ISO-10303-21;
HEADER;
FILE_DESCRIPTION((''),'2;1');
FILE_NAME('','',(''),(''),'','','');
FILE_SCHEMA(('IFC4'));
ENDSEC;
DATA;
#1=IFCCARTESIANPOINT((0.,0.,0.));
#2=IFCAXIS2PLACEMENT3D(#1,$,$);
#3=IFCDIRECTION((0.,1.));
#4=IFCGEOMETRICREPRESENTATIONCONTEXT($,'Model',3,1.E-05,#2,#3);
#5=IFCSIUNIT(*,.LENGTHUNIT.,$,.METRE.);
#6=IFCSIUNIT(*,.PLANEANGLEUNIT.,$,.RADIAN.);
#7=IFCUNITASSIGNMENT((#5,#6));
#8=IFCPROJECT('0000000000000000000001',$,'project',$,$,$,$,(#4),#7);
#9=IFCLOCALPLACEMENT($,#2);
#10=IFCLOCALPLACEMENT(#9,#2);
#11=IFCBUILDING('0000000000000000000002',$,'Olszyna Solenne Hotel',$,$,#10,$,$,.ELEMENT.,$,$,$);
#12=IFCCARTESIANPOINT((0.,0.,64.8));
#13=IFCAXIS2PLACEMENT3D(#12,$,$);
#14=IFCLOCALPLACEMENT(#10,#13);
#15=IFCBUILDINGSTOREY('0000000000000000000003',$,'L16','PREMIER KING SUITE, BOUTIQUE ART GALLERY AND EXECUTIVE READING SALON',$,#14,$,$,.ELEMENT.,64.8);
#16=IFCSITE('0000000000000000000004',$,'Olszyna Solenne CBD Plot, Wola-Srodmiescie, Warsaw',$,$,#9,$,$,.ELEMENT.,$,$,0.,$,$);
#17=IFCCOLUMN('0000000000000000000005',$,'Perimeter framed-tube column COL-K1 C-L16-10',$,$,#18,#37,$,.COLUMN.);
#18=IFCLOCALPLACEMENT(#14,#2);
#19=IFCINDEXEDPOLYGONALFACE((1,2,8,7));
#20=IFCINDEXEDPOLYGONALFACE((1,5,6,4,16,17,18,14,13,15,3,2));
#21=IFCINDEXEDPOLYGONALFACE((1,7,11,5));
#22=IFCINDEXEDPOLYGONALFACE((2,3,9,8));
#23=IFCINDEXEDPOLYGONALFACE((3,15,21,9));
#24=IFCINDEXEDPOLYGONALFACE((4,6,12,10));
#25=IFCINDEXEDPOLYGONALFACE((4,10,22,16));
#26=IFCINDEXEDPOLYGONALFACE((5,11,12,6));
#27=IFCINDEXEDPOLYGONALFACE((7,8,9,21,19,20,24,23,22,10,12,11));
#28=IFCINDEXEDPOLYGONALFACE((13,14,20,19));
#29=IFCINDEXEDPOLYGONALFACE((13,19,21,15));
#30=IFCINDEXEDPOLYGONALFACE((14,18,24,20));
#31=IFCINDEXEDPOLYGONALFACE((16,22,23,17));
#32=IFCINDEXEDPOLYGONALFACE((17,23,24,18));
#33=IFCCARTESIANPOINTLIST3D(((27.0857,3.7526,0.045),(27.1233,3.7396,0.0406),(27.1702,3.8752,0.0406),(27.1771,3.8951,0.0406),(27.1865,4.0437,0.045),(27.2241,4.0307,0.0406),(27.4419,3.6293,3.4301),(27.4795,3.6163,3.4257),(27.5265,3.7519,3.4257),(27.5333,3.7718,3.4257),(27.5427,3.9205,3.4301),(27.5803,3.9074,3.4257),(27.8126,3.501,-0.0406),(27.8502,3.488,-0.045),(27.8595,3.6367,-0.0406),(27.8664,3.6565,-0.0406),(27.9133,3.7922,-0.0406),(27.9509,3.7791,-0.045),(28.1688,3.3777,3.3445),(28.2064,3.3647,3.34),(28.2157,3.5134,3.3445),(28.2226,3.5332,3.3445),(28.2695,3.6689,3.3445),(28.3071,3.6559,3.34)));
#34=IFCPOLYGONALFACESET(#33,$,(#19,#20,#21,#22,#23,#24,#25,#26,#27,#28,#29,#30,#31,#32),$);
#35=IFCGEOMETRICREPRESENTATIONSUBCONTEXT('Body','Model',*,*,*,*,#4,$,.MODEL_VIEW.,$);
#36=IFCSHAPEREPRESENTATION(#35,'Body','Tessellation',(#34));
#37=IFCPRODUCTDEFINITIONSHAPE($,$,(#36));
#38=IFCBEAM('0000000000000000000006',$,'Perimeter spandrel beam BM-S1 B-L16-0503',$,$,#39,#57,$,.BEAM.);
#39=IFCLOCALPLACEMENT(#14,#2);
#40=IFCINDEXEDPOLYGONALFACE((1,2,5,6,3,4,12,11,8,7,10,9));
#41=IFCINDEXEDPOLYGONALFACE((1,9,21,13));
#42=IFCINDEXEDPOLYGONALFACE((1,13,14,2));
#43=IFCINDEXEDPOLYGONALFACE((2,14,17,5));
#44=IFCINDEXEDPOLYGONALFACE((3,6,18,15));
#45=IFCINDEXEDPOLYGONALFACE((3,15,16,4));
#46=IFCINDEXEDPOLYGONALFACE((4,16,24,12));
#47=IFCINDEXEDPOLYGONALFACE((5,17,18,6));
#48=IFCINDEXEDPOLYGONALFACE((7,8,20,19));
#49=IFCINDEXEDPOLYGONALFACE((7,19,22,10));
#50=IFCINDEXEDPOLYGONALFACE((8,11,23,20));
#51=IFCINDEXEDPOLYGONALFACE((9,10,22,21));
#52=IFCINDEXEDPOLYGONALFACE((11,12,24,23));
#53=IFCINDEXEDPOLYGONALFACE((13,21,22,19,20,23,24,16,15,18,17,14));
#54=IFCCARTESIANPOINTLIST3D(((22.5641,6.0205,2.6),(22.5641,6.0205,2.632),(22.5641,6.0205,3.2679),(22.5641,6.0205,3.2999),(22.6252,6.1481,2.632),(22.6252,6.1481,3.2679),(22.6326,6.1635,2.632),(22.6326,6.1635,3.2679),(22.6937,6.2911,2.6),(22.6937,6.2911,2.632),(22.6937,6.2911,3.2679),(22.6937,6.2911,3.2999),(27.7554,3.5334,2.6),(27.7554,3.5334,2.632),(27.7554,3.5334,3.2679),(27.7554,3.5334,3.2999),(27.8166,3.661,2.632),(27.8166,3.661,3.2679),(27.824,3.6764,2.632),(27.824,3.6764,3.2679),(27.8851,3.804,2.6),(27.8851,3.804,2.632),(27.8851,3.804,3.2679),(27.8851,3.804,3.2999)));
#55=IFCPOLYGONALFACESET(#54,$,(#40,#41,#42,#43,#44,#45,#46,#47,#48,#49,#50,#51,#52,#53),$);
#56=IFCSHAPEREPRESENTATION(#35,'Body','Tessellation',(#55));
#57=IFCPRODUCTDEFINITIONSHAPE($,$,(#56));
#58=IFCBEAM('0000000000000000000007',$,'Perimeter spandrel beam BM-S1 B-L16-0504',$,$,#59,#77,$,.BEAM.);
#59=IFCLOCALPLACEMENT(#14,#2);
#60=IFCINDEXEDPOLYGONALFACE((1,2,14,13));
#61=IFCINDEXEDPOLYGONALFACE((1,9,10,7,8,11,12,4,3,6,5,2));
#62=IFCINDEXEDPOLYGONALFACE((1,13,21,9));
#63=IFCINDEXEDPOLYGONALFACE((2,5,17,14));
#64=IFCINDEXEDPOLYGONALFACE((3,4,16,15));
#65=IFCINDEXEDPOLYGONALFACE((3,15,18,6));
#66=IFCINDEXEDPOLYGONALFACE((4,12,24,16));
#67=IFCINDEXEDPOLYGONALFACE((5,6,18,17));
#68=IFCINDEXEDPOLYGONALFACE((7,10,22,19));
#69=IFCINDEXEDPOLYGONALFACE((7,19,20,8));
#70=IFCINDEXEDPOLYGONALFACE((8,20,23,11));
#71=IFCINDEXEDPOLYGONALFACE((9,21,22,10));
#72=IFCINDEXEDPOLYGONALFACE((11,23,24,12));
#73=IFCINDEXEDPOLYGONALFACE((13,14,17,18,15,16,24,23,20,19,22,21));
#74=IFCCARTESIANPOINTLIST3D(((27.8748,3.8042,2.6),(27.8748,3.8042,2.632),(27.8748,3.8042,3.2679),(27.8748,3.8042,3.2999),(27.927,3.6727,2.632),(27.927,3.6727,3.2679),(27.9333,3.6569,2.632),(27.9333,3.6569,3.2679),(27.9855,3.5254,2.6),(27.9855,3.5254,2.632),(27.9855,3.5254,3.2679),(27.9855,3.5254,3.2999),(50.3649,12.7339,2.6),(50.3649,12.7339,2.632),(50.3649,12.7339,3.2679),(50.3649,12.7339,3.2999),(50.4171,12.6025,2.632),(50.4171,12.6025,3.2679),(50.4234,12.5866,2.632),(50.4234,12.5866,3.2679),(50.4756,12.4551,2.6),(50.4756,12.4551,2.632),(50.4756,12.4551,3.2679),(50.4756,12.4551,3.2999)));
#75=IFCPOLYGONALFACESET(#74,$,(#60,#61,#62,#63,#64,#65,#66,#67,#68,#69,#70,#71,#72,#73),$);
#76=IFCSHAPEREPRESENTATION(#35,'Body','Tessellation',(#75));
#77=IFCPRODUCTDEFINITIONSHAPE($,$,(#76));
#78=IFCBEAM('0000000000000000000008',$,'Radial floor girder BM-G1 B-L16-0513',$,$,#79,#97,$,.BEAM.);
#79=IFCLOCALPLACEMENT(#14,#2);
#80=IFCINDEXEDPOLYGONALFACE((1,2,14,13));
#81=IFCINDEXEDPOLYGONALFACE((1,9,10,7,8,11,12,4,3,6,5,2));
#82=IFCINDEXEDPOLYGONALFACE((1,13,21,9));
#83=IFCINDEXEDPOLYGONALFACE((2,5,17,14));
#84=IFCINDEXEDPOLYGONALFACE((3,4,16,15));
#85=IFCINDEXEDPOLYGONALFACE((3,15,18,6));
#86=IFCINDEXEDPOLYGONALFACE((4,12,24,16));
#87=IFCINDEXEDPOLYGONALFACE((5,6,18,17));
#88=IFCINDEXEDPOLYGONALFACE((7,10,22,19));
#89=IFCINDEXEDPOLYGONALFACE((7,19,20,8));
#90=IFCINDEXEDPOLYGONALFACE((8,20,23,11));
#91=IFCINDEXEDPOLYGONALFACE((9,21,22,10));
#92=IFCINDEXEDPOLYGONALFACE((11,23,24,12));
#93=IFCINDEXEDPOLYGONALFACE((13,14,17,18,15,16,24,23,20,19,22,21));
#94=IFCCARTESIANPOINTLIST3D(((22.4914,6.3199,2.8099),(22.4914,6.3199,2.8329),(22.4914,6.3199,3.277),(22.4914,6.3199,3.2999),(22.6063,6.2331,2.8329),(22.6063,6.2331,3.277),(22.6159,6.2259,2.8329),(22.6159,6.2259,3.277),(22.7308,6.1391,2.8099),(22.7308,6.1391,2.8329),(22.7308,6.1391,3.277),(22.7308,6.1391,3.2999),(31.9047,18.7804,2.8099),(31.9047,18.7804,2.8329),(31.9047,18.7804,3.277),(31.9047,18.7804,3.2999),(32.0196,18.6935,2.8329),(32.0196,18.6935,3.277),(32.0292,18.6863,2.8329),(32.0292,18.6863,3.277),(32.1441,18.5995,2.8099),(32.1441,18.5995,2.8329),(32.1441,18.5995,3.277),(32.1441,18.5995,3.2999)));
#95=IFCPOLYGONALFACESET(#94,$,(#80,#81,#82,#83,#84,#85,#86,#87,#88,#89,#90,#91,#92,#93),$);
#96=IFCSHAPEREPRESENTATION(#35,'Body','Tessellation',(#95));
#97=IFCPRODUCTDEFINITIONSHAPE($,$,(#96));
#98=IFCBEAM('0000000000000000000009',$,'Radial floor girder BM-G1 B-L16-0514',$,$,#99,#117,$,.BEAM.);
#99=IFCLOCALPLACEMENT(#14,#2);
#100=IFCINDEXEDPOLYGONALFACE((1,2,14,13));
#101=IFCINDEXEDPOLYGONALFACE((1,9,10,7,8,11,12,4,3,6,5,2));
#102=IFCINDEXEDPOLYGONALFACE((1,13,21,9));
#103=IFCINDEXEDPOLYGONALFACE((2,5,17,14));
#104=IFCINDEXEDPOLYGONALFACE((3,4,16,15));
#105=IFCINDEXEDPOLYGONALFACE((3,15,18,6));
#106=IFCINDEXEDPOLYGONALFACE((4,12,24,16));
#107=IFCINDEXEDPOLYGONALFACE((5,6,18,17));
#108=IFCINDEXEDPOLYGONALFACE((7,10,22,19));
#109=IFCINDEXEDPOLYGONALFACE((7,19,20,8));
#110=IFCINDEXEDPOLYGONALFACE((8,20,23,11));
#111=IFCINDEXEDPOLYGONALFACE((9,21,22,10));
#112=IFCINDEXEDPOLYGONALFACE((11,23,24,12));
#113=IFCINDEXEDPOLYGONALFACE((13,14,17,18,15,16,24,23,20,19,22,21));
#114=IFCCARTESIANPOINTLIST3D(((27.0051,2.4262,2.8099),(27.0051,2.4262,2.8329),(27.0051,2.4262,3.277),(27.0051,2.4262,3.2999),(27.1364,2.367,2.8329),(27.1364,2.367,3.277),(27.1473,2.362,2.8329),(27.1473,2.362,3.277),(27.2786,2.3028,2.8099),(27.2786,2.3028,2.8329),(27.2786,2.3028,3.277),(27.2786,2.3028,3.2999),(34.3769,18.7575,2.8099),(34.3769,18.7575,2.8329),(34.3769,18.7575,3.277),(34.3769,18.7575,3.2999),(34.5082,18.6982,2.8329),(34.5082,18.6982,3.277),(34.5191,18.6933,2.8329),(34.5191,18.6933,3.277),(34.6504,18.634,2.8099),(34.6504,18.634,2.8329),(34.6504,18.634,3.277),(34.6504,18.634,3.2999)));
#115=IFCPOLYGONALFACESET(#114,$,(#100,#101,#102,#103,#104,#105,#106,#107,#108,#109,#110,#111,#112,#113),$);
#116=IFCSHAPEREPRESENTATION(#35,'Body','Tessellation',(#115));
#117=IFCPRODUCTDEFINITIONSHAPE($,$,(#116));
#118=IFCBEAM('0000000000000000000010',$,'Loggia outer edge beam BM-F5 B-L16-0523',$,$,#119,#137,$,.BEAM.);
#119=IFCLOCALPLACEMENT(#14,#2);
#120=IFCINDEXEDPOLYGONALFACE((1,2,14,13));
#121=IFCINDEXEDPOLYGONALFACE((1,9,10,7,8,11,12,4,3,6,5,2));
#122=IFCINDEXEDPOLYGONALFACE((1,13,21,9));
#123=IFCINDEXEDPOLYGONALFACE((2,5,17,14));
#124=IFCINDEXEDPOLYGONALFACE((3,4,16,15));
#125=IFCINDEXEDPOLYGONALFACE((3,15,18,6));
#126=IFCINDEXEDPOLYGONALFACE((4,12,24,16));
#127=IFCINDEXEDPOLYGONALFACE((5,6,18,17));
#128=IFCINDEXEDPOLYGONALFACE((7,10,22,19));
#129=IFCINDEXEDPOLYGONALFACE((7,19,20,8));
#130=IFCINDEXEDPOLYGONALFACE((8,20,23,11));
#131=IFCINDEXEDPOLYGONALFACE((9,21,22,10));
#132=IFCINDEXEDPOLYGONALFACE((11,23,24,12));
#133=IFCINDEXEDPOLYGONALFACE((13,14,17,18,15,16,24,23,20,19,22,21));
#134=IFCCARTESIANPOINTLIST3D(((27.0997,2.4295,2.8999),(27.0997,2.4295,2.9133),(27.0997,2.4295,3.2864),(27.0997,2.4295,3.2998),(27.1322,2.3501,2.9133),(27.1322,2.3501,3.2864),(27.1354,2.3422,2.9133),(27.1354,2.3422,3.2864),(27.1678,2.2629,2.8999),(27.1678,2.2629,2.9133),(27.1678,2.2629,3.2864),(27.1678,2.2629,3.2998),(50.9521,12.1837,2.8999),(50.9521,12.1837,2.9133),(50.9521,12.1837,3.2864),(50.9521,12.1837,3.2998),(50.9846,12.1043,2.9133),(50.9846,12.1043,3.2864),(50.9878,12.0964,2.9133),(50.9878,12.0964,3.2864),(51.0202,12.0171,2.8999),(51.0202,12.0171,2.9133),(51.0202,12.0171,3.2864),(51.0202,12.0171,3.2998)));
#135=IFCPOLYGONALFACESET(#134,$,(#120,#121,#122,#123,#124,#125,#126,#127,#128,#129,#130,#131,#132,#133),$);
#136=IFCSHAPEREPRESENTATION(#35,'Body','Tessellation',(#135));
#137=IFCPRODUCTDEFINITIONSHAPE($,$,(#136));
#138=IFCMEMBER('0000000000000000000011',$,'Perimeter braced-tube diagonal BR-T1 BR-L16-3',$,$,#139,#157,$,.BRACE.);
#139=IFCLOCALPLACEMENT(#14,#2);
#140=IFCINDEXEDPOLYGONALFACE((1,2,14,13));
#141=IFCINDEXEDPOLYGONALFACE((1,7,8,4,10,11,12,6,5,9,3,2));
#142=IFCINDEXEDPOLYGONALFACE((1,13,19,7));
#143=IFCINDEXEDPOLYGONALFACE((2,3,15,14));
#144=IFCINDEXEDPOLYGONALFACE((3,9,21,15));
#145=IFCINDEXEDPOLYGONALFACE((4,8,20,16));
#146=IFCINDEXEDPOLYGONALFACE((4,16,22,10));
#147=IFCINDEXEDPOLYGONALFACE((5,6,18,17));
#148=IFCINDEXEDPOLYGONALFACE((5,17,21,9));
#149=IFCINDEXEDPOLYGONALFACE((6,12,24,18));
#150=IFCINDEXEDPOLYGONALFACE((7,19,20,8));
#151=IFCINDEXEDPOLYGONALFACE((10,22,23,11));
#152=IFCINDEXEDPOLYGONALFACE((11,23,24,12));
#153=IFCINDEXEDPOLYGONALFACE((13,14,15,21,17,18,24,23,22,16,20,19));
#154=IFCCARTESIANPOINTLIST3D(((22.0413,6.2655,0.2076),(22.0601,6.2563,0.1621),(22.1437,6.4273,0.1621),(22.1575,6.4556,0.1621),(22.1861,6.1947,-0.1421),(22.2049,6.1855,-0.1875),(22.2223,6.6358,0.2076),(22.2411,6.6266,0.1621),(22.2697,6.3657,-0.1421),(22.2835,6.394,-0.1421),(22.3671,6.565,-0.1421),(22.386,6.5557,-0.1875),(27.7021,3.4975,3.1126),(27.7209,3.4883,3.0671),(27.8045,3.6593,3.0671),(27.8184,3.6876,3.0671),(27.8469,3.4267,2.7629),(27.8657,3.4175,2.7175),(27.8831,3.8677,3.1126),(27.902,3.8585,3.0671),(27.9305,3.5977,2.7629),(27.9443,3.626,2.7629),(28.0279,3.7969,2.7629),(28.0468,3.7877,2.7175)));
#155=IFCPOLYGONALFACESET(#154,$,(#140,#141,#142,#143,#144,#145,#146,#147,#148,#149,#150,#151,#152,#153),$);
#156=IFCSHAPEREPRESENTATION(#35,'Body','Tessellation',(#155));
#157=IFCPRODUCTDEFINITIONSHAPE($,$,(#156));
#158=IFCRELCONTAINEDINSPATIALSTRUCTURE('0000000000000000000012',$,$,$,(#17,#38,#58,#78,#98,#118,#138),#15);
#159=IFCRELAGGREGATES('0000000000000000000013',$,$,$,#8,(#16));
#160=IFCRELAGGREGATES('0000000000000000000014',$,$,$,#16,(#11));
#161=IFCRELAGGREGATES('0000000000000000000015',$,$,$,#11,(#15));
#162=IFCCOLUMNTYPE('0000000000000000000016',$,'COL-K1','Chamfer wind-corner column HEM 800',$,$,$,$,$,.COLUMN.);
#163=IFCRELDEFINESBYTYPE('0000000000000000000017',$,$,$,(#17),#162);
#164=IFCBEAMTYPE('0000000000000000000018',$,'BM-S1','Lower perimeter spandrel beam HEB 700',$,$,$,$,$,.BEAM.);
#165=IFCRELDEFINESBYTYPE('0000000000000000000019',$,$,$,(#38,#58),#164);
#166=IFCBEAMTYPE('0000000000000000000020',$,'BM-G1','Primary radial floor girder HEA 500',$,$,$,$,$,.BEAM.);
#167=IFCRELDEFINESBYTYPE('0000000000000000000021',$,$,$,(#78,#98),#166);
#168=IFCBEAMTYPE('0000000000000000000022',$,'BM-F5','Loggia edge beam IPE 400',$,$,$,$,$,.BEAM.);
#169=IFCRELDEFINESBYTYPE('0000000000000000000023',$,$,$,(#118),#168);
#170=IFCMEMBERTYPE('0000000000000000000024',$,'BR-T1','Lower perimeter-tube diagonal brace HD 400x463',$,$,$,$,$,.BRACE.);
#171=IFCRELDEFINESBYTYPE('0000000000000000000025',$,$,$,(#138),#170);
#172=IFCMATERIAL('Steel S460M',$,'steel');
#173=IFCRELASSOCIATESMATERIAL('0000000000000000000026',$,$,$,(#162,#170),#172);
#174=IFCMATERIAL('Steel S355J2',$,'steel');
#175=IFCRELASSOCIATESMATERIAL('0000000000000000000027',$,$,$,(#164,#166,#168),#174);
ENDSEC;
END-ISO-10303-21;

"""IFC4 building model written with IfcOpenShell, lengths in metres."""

from ifc_helpers import new_model, si_unit, direction, frame, origin, origin_2d, place, context, subcontext, project, spatial, i_section, extrude, source, transform, mapped, material, material_profile, profile_set, type_object, element, save


model = new_model("IFC4")

# Units and contexts
model_context = context("Model", 3, precision=1e-05, world=origin(), true_north=direction((0.0, 1.0)))
body_context = subcontext(model_context, "Body", "Model", "MODEL_VIEW")
ifc_project = project(units=[si_unit("LENGTHUNIT", "METRE"), si_unit("PLANEANGLEUNIT", "RADIAN")], contexts=[model_context])

# Site, building, storey
site_placement = place(None, origin())
site = spatial("IfcSite", under=ifc_project, at=site_placement, Name="Olszyna Solenne CBD Plot, Wola-Srodmiescie, Warsaw", CompositionType="ELEMENT", RefElevation=0.0)
building_placement = place(site_placement, origin())
building = spatial("IfcBuilding", under=site, at=building_placement, Name="Olszyna Solenne Hotel", CompositionType="ELEMENT")
storey_placement = place(building_placement, frame((0.0, 0.0, 64.8)))
storey = spatial("IfcBuildingStorey", under=building, at=storey_placement, Name="L16", Description="PREMIER KING SUITE, BOUTIQUE ART GALLERY AND EXECUTIVE READING SALON", CompositionType="ELEMENT", Elevation=64.8)

# Column
ifc_material_1 = material(Name="Steel S460M", Category="steel")
ifc_material_profile_1 = material_profile(ifc_material_1, i_section(OverallWidth=0.3081, OverallDepth=0.814, WebThickness=0.021, FlangeThickness=0.04, at=origin_2d()), Name="HEM 800", Category="load-bearing")
ifc_profile_set_1 = profile_set([ifc_material_profile_1], Name="Steel S460M")
column_type = type_object("IfcColumnType", Name="COL-K1", Description="Chamfer wind-corner column HEM 800", PredefinedType="COLUMN", material=ifc_profile_set_1)
shared_shape_1 = source(origin(), body_context, "Body", "SweptSolid", [
    extrude(i_section(OverallWidth=0.3081, OverallDepth=0.814, WebThickness=0.021, FlangeThickness=0.04, at=origin_2d()), origin(), (0.0, 0.0, 1.0), 3.406),
])
column_placement = place(storey_placement, frame((27.5183, 3.7659, 0.0), z_axis=(0.104583, -0.036199, 0.993857), x_axis=(0.327088, 0.944994, 0.0)))
element("IfcColumn", 1, at=column_placement, inside=storey, type_object=column_type, Name="Perimeter framed-tube column COL-K1 C-L16-10", PredefinedType="COLUMN", context=body_context, shape_type="MappedRepresentation", body=[
    mapped(shared_shape_1, transform((0.0, 0.0, 0.0), x_axis=(1.0, 0.0, 0.0), y_axis=(0.0, 1.0, 0.0), z_axis=(0.0, 0.0, 1.0), scale=1.0)),
])

# Beams
ifc_material_2 = material(Name="Steel S355J2", Category="steel")
ifc_material_profile_2 = material_profile(ifc_material_2, i_section(OverallWidth=0.3, OverallDepth=0.7, WebThickness=0.0171, FlangeThickness=0.032, at=origin_2d()), Name="HEB 700", Category="load-bearing")
ifc_profile_set_2 = profile_set([ifc_material_profile_2], Name="Steel S355J2")
beam_type_1 = type_object("IfcBeamType", Name="BM-S1", Description="Lower perimeter spandrel beam HEB 700", PredefinedType="BEAM", material=ifc_profile_set_2)
shared_shape_2 = source(origin(), body_context, "Body", "SweptSolid", [
    extrude(i_section(OverallWidth=0.3, OverallDepth=0.7, WebThickness=0.0171, FlangeThickness=0.032, at=origin_2d()), origin(), (0.0, 0.0, 1.0), 5.7563),
])
beam_1_placement = place(storey_placement, frame((22.6289, 6.1558, 2.95), z_axis=(0.901849, -0.432051, 0.0), x_axis=(0.432051, 0.901849, 0.0)))
element("IfcBeam", 2, at=beam_1_placement, inside=storey, type_object=beam_type_1, Name="Perimeter spandrel beam BM-S1 B-L16-0503", PredefinedType="BEAM", context=body_context, shape_type="MappedRepresentation", body=[
    mapped(shared_shape_2, transform((0.0, 0.0, 0.0), x_axis=(1.0, 0.0, 0.0), y_axis=(0.0, 1.0, 0.0), z_axis=(0.0, 0.0, 1.0), scale=1.0)),
])
shared_shape_3 = source(origin(), body_context, "Body", "SweptSolid", [
    extrude(i_section(OverallWidth=0.3, OverallDepth=0.7, WebThickness=0.0171, FlangeThickness=0.032, at=origin_2d()), origin(), (0.0, 0.0, 1.0), 24.198),
])
beam_2_placement = place(storey_placement, frame((27.9302, 3.6648, 2.95), z_axis=(0.929419, 0.369027, 0.0), x_axis=(-0.369027, 0.929419, 0.0)))
element("IfcBeam", 3, at=beam_2_placement, inside=storey, type_object=beam_type_1, Name="Perimeter spandrel beam BM-S1 B-L16-0504", PredefinedType="BEAM", context=body_context, shape_type="MappedRepresentation", body=[
    mapped(shared_shape_3, transform((0.0, 0.0, 0.0), x_axis=(1.0, 0.0, 0.0), y_axis=(0.0, 1.0, 0.0), z_axis=(0.0, 0.0, 1.0), scale=1.0)),
])
ifc_material_profile_3 = material_profile(ifc_material_2, i_section(OverallWidth=0.3, OverallDepth=0.49, WebThickness=0.012, FlangeThickness=0.0229, at=origin_2d()), Name="HEA 500", Category="load-bearing")
ifc_profile_set_3 = profile_set([ifc_material_profile_3], Name="Steel S355J2")
beam_type_2 = type_object("IfcBeamType", Name="BM-G1", Description="Primary radial floor girder HEA 500", PredefinedType="BEAM", material=ifc_profile_set_3)
shared_shape_4 = source(origin(), body_context, "Body", "SweptSolid", [
    extrude(i_section(OverallWidth=0.3, OverallDepth=0.49, WebThickness=0.012, FlangeThickness=0.0229, at=origin_2d()), origin(), (0.0, 0.0, 1.0), 15.6165),
])
beam_3_placement = place(storey_placement, frame((22.6111, 6.2295, 3.0549), z_axis=(0.602783, 0.797905, 0.0), x_axis=(-0.797905, 0.602783, 0.0)))
element("IfcBeam", 4, at=beam_3_placement, inside=storey, type_object=beam_type_2, Name="Radial floor girder BM-G1 B-L16-0513", PredefinedType="BEAM", context=body_context, shape_type="MappedRepresentation", body=[
    mapped(shared_shape_4, transform((0.0, 0.0, 0.0), x_axis=(1.0, 0.0, 0.0), y_axis=(0.0, 1.0, 0.0), z_axis=(0.0, 0.0, 1.0), scale=1.0)),
])
shared_shape_5 = source(origin(), body_context, "Body", "SweptSolid", [
    extrude(i_section(OverallWidth=0.3, OverallDepth=0.49, WebThickness=0.012, FlangeThickness=0.0229, at=origin_2d()), origin(), (0.0, 0.0, 1.0), 17.918),
])
beam_4_placement = place(storey_placement, frame((27.1418, 2.3645, 3.0549), z_axis=(0.41142, 0.911446, 0.0), x_axis=(-0.911446, 0.41142, 0.0)))
element("IfcBeam", 5, at=beam_4_placement, inside=storey, type_object=beam_type_2, Name="Radial floor girder BM-G1 B-L16-0514", PredefinedType="BEAM", context=body_context, shape_type="MappedRepresentation", body=[
    mapped(shared_shape_5, transform((0.0, 0.0, 0.0), x_axis=(1.0, 0.0, 0.0), y_axis=(0.0, 1.0, 0.0), z_axis=(0.0, 0.0, 1.0), scale=1.0)),
])
ifc_material_profile_4 = material_profile(ifc_material_2, i_section(OverallWidth=0.1799, OverallDepth=0.3999, WebThickness=0.0085, FlangeThickness=0.0134, at=origin_2d()), Name="IPE 400", Category="load-bearing")
ifc_profile_set_4 = profile_set([ifc_material_profile_4], Name="Steel S355J2")
beam_type_3 = type_object("IfcBeamType", Name="BM-F5", Description="Loggia edge beam IPE 400", PredefinedType="BEAM", material=ifc_profile_set_4)
shared_shape_6 = source(origin(), body_context, "Body", "SweptSolid", [
    extrude(i_section(OverallWidth=0.1799, OverallDepth=0.3999, WebThickness=0.0085, FlangeThickness=0.0134, at=origin_2d()), origin(), (0.0, 0.0, 1.0), 25.7698),
])
beam_5_placement = place(storey_placement, frame((27.1338, 2.3462, 3.0999), z_axis=(0.925596, 0.378513, 0.0), x_axis=(-0.378513, 0.925596, 0.0)))
element("IfcBeam", 6, at=beam_5_placement, inside=storey, type_object=beam_type_3, Name="Loggia outer edge beam BM-F5 B-L16-0523", PredefinedType="BEAM", context=body_context, shape_type="MappedRepresentation", body=[
    mapped(shared_shape_6, transform((0.0, 0.0, 0.0), x_axis=(1.0, 0.0, 0.0), y_axis=(0.0, 1.0, 0.0), z_axis=(0.0, 0.0, 1.0), scale=1.0)),
])

# Member
ifc_material_profile_5 = material_profile(ifc_material_1, i_section(OverallWidth=0.4121, OverallDepth=0.4351, WebThickness=0.0315, FlangeThickness=0.05, at=origin_2d()), Name="HD 400x463", Category="load-bearing")
ifc_profile_set_5 = profile_set([ifc_material_profile_5], Name="Steel S460M")
member_type = type_object("IfcMemberType", Name="BR-T1", Description="Lower perimeter-tube diagonal brace HD 400x463", PredefinedType="BRACE", material=ifc_profile_set_5)
shared_shape_7 = source(origin(), body_context, "Body", "SweptSolid", [
    extrude(i_section(OverallWidth=0.4121, OverallDepth=0.4351, WebThickness=0.0315, FlangeThickness=0.05, at=origin_2d()), origin(), (0.0, 0.0, 1.0), 6.9387),
])
member_placement = place(storey_placement, frame((22.2136, 6.4106, 0.01), z_axis=(0.81583, -0.398925, 0.418664), x_axis=(0.439277, 0.898352, 0.0)))
element("IfcMember", 7, at=member_placement, inside=storey, type_object=member_type, Name="Perimeter braced-tube diagonal BR-T1 BR-L16-3", PredefinedType="BRACE", context=body_context, shape_type="MappedRepresentation", body=[
    mapped(shared_shape_7, transform((0.0, 0.0, 0.0), x_axis=(1.0, 0.0, 0.0), y_axis=(0.0, 1.0, 0.0), z_axis=(0.0, 0.0, 1.0), scale=1.0)),
])

save(model, "model.ifc")
